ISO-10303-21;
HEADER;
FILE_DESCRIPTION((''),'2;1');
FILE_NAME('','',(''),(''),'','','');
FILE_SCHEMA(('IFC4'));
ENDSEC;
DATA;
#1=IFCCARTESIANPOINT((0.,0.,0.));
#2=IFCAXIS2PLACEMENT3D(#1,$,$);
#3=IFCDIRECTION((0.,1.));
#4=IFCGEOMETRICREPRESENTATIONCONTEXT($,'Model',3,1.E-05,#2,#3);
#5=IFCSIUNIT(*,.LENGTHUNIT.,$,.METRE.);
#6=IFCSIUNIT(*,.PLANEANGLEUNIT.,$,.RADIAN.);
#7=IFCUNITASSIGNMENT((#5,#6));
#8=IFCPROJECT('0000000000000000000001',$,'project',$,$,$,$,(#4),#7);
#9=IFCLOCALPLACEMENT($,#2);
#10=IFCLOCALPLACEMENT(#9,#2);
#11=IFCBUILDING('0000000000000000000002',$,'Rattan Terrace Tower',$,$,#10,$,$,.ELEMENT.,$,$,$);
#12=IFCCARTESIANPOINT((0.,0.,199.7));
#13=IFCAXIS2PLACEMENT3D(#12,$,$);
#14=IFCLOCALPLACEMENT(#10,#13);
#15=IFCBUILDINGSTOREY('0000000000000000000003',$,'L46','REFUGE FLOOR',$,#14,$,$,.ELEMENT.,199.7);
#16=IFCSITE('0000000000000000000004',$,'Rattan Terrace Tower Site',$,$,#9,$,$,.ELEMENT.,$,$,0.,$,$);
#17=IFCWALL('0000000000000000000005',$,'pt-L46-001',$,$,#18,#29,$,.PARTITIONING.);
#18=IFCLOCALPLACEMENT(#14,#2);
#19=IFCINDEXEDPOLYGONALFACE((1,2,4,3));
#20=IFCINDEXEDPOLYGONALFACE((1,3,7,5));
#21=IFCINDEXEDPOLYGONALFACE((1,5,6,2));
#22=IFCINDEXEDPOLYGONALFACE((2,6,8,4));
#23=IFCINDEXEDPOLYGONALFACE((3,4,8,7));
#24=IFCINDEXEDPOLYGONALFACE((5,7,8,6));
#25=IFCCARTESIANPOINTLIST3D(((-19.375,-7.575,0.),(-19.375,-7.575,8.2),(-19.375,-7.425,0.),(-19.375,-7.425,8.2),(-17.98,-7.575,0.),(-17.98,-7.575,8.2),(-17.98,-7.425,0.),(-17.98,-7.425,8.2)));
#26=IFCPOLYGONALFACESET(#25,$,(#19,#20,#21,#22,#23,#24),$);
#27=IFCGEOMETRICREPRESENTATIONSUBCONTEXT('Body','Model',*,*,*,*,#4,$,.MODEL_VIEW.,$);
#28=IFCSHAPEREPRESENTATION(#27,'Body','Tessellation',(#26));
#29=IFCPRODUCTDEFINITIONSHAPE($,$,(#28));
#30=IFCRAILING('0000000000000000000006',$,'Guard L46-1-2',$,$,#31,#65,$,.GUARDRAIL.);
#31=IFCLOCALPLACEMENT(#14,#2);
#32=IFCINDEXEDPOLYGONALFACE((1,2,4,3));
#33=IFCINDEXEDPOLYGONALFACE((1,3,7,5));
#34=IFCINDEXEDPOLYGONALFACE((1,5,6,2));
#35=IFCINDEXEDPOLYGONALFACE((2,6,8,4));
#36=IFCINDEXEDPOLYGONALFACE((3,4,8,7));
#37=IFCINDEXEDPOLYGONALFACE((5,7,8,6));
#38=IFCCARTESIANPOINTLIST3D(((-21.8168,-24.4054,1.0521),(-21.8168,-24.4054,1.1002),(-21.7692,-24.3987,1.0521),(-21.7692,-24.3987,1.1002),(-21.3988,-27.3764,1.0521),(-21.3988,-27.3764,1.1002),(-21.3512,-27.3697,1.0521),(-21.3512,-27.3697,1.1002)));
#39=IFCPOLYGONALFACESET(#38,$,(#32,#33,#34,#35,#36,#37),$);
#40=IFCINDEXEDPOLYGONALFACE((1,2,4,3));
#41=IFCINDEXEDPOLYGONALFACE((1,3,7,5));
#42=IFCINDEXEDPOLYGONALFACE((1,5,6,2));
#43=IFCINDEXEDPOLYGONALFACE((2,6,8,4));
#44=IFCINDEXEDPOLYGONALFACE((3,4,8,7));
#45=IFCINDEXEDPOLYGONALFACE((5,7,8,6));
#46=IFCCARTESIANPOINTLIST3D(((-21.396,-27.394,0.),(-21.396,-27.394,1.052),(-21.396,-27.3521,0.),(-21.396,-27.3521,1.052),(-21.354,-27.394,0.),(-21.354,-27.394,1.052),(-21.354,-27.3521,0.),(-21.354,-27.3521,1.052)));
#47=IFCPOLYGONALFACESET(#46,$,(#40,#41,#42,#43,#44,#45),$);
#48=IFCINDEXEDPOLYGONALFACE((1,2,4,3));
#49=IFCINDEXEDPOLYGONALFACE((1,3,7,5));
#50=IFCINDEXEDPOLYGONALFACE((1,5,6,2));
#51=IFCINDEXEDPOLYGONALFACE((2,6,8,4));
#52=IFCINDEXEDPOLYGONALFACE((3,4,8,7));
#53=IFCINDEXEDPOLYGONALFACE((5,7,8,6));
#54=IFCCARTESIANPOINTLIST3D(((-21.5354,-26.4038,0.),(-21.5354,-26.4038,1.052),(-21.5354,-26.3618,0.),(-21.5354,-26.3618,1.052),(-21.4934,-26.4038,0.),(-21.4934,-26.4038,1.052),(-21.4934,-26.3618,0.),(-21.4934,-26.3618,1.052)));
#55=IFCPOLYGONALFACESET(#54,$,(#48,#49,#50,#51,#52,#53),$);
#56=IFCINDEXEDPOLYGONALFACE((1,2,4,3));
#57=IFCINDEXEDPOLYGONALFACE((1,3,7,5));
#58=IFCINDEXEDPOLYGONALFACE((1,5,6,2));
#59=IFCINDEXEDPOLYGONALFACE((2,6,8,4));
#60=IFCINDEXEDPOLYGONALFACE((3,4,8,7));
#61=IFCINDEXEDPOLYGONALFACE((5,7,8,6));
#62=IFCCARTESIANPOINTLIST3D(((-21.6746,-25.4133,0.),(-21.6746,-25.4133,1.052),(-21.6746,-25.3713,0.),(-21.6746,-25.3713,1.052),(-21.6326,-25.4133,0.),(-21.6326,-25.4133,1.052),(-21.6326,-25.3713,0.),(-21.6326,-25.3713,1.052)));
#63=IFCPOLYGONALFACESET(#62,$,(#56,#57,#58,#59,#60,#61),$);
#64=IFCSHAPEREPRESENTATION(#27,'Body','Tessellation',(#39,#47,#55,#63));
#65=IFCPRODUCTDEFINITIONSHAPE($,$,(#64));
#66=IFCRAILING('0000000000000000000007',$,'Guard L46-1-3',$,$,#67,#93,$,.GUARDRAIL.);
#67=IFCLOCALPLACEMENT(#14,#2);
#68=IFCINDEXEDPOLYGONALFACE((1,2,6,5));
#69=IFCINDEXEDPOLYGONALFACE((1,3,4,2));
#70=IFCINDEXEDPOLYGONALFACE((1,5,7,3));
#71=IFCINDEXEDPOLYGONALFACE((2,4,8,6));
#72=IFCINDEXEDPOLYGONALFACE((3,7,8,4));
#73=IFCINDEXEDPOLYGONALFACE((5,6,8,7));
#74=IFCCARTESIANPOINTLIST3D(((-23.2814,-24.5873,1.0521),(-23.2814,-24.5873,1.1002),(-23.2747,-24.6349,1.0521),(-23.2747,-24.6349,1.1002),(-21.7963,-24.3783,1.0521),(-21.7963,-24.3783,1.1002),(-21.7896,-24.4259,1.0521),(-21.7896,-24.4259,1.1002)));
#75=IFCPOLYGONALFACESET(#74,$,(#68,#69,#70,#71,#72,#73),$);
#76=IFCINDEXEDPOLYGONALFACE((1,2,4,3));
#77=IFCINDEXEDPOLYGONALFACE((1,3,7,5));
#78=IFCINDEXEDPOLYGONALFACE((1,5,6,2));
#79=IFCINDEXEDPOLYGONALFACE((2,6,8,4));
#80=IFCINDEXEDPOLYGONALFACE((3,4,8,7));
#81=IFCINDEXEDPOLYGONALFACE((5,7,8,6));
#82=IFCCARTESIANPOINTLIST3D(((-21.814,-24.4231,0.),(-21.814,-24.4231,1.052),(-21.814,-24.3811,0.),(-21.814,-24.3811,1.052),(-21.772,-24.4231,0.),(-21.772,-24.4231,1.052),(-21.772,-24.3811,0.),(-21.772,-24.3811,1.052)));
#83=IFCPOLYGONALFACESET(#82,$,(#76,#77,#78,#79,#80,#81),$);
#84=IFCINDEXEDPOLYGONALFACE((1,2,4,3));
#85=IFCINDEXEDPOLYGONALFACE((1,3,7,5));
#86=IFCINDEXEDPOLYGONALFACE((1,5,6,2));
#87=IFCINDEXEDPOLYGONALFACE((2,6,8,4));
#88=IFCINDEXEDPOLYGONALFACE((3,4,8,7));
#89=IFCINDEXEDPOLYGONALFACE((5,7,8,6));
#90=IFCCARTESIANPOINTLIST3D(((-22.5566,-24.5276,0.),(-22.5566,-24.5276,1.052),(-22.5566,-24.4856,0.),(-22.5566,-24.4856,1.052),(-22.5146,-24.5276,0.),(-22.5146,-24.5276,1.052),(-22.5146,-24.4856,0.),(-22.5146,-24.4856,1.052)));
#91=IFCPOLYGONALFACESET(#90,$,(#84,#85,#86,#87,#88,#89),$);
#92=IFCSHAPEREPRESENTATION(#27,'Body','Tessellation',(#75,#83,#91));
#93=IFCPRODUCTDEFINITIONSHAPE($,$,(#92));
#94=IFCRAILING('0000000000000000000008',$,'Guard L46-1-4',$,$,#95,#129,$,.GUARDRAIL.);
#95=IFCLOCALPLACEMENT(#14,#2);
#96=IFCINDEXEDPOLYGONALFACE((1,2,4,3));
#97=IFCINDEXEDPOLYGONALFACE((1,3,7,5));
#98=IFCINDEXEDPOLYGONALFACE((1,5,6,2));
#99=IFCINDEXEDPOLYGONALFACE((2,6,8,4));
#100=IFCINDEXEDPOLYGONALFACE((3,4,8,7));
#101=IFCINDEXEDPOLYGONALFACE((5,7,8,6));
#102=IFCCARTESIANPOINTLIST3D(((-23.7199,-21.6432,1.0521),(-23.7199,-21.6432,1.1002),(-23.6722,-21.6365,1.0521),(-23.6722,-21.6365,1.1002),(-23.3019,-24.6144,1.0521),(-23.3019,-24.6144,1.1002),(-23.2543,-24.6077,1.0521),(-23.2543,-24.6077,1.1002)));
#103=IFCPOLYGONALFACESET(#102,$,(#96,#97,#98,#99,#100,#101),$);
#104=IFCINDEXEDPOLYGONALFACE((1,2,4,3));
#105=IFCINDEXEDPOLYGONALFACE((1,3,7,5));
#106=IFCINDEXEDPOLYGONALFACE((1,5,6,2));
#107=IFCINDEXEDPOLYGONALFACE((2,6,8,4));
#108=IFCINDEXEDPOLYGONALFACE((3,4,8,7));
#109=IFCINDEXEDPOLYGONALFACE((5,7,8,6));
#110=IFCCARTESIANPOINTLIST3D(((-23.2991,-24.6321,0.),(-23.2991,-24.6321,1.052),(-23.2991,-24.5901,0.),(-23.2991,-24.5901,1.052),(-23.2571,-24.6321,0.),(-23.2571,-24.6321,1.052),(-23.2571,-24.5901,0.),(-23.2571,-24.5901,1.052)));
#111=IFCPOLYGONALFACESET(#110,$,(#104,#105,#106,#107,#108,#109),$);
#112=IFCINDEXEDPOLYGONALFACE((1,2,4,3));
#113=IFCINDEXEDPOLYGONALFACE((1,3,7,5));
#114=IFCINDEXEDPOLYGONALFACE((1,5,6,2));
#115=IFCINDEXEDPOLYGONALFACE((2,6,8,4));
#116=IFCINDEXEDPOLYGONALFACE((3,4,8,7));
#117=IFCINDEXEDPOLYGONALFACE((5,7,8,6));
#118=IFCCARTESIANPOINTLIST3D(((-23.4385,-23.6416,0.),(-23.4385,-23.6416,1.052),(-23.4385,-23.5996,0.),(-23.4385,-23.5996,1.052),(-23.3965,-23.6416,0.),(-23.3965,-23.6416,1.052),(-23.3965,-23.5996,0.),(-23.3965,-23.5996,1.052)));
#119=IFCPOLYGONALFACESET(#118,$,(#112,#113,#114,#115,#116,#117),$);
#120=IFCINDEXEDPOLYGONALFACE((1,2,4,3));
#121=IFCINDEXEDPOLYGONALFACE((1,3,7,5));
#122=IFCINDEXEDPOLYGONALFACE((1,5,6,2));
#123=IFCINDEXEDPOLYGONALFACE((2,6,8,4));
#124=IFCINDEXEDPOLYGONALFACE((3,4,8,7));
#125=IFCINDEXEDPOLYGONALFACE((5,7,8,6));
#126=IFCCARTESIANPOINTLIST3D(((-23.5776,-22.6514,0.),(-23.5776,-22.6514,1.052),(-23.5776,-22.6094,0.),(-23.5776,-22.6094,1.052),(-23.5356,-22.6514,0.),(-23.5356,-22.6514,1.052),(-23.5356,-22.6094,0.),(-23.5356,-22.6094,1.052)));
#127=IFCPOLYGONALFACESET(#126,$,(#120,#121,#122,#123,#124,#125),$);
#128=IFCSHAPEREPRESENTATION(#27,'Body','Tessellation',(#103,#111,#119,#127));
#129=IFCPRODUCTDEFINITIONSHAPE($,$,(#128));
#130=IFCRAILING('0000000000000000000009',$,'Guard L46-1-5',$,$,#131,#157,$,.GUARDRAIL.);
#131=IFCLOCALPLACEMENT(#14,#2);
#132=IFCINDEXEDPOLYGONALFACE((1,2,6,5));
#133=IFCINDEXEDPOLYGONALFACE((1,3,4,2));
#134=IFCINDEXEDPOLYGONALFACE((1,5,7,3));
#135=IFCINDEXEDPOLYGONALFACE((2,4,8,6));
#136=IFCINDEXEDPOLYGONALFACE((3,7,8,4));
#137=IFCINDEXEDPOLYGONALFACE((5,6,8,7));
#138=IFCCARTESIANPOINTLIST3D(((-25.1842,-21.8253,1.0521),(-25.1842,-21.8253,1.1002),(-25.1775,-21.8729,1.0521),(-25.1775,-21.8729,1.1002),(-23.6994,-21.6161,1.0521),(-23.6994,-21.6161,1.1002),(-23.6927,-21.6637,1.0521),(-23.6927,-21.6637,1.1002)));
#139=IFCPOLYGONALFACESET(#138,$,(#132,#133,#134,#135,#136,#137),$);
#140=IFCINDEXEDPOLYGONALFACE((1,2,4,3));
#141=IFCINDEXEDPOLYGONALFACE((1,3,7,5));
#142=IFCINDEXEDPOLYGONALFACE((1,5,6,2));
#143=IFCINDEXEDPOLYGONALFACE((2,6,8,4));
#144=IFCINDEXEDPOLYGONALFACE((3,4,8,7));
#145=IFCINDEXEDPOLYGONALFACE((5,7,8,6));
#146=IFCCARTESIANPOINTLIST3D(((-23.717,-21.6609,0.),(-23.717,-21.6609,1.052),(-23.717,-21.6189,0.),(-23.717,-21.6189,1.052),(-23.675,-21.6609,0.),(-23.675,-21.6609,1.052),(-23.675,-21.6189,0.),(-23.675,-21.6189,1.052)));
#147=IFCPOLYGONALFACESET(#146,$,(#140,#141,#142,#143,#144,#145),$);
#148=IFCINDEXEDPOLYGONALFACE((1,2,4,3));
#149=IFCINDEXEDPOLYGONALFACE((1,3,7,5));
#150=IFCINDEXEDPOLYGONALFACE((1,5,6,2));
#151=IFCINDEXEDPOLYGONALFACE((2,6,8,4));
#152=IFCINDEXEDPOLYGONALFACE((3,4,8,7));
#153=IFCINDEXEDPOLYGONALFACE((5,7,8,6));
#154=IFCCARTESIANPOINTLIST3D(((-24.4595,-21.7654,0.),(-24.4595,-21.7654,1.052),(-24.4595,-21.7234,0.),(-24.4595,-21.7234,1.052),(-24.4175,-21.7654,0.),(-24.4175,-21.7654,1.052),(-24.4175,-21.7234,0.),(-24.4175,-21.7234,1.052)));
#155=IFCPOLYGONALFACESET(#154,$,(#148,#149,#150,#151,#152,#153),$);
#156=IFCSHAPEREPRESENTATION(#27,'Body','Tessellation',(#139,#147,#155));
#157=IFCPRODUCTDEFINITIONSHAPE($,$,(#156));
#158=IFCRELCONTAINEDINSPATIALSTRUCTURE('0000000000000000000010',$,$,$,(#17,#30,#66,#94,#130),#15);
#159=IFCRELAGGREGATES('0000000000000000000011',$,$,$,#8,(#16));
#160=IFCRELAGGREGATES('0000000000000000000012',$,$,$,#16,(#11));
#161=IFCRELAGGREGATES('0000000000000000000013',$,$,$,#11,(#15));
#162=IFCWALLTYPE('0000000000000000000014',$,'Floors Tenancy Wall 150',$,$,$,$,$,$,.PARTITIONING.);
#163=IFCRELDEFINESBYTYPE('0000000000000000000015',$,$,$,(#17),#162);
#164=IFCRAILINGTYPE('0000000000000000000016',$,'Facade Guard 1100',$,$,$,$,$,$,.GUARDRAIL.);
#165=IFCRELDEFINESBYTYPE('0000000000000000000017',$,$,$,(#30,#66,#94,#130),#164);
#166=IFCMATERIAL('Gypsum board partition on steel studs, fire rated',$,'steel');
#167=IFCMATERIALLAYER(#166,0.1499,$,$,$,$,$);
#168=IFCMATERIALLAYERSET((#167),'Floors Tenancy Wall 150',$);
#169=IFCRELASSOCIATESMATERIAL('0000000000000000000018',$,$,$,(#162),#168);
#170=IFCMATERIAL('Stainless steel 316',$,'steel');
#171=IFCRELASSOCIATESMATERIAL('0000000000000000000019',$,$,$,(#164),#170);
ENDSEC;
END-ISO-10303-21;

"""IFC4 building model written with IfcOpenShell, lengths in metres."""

from ifc_helpers import new_model, si_unit, direction, frame, frame_2d, origin, origin_2d, place, context, subcontext, project, spatial, rectangle, extrude, material, layer, layer_set, type_object, element, save


model = new_model("IFC4")

# Units and contexts
model_context = context("Model", 3, precision=1e-05, world=origin(), true_north=direction((0.0, 1.0)))
body_context = subcontext(model_context, "Body", "Model", "MODEL_VIEW")
ifc_project = project(units=[si_unit("LENGTHUNIT", "METRE"), si_unit("PLANEANGLEUNIT", "RADIAN")], contexts=[model_context])

# Site, building, storey
site_placement = place(None, origin())
site = spatial("IfcSite", under=ifc_project, at=site_placement, Name="Rattan Terrace Tower Site", CompositionType="ELEMENT", RefElevation=0.0)
building_placement = place(site_placement, origin())
building = spatial("IfcBuilding", under=site, at=building_placement, Name="Rattan Terrace Tower", CompositionType="ELEMENT")
storey_placement = place(building_placement, frame((0.0, 0.0, 199.7)))
storey = spatial("IfcBuildingStorey", under=building, at=storey_placement, Name="L46", Description="REFUGE FLOOR", CompositionType="ELEMENT", Elevation=199.7)

# Wall
ifc_material_1 = material(Name="Gypsum board partition on steel studs, fire rated", Category="steel")
ifc_layer_1 = layer(ifc_material_1, 0.1499)
ifc_layer_set_1 = layer_set([ifc_layer_1], Name="Floors Tenancy Wall 150")
wall_type_1 = type_object("IfcWallType", Name="Floors Tenancy Wall 150", PredefinedType="PARTITIONING", material=ifc_layer_set_1)
wall_1_placement = place(storey_placement, frame((-19.375, -7.5, 0.0), z_axis=(0.0, 0.0, 1.0), x_axis=(1.0, 0.0, 0.0)))
element("IfcWall", 1, at=wall_1_placement, inside=storey, type_object=wall_type_1, Name="pt-L46-001", PredefinedType="PARTITIONING", context=body_context, shape_type="SweptSolid", body=[
    extrude(rectangle(XDim=1.395, YDim=0.1499, at=frame_2d((0.6975, 0.0))), origin(), (0.0, 0.0, 1.0), 8.2),
])

# Railings
ifc_material_2 = material(Name="Stainless steel 316", Category="steel")
railing_type = type_object("IfcRailingType", Name="Facade Guard 1100", PredefinedType="GUARDRAIL", material=ifc_material_2)
railing_1_placement = place(storey_placement, frame((-21.375, -27.373, 0.0)))
element("IfcRailing", 2, at=railing_1_placement, inside=storey, type_object=railing_type, Name="Guard L46-1-2", PredefinedType="GUARDRAIL", context=body_context, shape_type="SweptSolid", body=[
    extrude(rectangle(XDim=0.0481, YDim=0.0481, at=origin_2d()), frame((0.0, 0.0, 1.0762), z_axis=(-0.139313, 0.990248, 0.0), x_axis=(-0.990248, -0.139313, 0.0)), (0.0, 0.0, 1.0), 3.0002),
    extrude(rectangle(XDim=0.042, YDim=0.042, at=origin_2d()), origin(), (0.0, 0.0, 1.0), 1.052),
    extrude(rectangle(XDim=0.042, YDim=0.042, at=origin_2d()), frame((-0.1394, 0.9902, 0.0)), (0.0, 0.0, 1.0), 1.052),
    extrude(rectangle(XDim=0.042, YDim=0.042, at=origin_2d()), frame((-0.2786, 1.9807, 0.0)), (0.0, 0.0, 1.0), 1.052),
])
railing_2_placement = place(storey_placement, frame((-21.793, -24.4021, 0.0)))
element("IfcRailing", 3, at=railing_2_placement, inside=storey, type_object=railing_type, Name="Guard L46-1-3", PredefinedType="GUARDRAIL", context=body_context, shape_type="SweptSolid", body=[
    extrude(rectangle(XDim=0.0481, YDim=0.0481, at=origin_2d()), frame((0.0, 0.0, 1.0762), z_axis=(-0.990244, -0.139347, 0.0), x_axis=(0.139347, -0.990244, 0.0)), (0.0, 0.0, 1.0), 1.4998),
    extrude(rectangle(XDim=0.042, YDim=0.042, at=origin_2d()), origin(), (0.0, 0.0, 1.0), 1.052),
    extrude(rectangle(XDim=0.042, YDim=0.042, at=origin_2d()), frame((-0.7427, -0.1045, 0.0)), (0.0, 0.0, 1.0), 1.052),
])
railing_3_placement = place(storey_placement, frame((-23.2781, -24.6111, 0.0)))
element("IfcRailing", 4, at=railing_3_placement, inside=storey, type_object=railing_type, Name="Guard L46-1-4", PredefinedType="GUARDRAIL", context=body_context, shape_type="SweptSolid", body=[
    extrude(rectangle(XDim=0.0481, YDim=0.0481, at=origin_2d()), frame((0.0, 0.0, 1.0762), z_axis=(-0.139302, 0.99025, 0.0), x_axis=(-0.99025, -0.139302, 0.0)), (0.0, 0.0, 1.0), 3.0005),
    extrude(rectangle(XDim=0.042, YDim=0.042, at=origin_2d()), origin(), (0.0, 0.0, 1.0), 1.052),
    extrude(rectangle(XDim=0.042, YDim=0.042, at=origin_2d()), frame((-0.1394, 0.9905, 0.0)), (0.0, 0.0, 1.0), 1.052),
    extrude(rectangle(XDim=0.042, YDim=0.042, at=origin_2d()), frame((-0.2786, 1.9807, 0.0)), (0.0, 0.0, 1.0), 1.052),
])
railing_4_placement = place(storey_placement, frame((-23.696, -21.6399, 0.0)))
element("IfcRailing", 5, at=railing_4_placement, inside=storey, type_object=railing_type, Name="Guard L46-1-5", PredefinedType="GUARDRAIL", context=body_context, shape_type="SweptSolid", body=[
    extrude(rectangle(XDim=0.0481, YDim=0.0481, at=origin_2d()), frame((0.0, 0.0, 1.0762), z_axis=(-0.990218, -0.139529, 0.0), x_axis=(0.139529, -0.990218, 0.0)), (0.0, 0.0, 1.0), 1.4995),
    extrude(rectangle(XDim=0.042, YDim=0.042, at=origin_2d()), origin(), (0.0, 0.0, 1.0), 1.052),
    extrude(rectangle(XDim=0.042, YDim=0.042, at=origin_2d()), frame((-0.7424, -0.1045, 0.0)), (0.0, 0.0, 1.0), 1.052),
])

save(model, "model.ifc")
